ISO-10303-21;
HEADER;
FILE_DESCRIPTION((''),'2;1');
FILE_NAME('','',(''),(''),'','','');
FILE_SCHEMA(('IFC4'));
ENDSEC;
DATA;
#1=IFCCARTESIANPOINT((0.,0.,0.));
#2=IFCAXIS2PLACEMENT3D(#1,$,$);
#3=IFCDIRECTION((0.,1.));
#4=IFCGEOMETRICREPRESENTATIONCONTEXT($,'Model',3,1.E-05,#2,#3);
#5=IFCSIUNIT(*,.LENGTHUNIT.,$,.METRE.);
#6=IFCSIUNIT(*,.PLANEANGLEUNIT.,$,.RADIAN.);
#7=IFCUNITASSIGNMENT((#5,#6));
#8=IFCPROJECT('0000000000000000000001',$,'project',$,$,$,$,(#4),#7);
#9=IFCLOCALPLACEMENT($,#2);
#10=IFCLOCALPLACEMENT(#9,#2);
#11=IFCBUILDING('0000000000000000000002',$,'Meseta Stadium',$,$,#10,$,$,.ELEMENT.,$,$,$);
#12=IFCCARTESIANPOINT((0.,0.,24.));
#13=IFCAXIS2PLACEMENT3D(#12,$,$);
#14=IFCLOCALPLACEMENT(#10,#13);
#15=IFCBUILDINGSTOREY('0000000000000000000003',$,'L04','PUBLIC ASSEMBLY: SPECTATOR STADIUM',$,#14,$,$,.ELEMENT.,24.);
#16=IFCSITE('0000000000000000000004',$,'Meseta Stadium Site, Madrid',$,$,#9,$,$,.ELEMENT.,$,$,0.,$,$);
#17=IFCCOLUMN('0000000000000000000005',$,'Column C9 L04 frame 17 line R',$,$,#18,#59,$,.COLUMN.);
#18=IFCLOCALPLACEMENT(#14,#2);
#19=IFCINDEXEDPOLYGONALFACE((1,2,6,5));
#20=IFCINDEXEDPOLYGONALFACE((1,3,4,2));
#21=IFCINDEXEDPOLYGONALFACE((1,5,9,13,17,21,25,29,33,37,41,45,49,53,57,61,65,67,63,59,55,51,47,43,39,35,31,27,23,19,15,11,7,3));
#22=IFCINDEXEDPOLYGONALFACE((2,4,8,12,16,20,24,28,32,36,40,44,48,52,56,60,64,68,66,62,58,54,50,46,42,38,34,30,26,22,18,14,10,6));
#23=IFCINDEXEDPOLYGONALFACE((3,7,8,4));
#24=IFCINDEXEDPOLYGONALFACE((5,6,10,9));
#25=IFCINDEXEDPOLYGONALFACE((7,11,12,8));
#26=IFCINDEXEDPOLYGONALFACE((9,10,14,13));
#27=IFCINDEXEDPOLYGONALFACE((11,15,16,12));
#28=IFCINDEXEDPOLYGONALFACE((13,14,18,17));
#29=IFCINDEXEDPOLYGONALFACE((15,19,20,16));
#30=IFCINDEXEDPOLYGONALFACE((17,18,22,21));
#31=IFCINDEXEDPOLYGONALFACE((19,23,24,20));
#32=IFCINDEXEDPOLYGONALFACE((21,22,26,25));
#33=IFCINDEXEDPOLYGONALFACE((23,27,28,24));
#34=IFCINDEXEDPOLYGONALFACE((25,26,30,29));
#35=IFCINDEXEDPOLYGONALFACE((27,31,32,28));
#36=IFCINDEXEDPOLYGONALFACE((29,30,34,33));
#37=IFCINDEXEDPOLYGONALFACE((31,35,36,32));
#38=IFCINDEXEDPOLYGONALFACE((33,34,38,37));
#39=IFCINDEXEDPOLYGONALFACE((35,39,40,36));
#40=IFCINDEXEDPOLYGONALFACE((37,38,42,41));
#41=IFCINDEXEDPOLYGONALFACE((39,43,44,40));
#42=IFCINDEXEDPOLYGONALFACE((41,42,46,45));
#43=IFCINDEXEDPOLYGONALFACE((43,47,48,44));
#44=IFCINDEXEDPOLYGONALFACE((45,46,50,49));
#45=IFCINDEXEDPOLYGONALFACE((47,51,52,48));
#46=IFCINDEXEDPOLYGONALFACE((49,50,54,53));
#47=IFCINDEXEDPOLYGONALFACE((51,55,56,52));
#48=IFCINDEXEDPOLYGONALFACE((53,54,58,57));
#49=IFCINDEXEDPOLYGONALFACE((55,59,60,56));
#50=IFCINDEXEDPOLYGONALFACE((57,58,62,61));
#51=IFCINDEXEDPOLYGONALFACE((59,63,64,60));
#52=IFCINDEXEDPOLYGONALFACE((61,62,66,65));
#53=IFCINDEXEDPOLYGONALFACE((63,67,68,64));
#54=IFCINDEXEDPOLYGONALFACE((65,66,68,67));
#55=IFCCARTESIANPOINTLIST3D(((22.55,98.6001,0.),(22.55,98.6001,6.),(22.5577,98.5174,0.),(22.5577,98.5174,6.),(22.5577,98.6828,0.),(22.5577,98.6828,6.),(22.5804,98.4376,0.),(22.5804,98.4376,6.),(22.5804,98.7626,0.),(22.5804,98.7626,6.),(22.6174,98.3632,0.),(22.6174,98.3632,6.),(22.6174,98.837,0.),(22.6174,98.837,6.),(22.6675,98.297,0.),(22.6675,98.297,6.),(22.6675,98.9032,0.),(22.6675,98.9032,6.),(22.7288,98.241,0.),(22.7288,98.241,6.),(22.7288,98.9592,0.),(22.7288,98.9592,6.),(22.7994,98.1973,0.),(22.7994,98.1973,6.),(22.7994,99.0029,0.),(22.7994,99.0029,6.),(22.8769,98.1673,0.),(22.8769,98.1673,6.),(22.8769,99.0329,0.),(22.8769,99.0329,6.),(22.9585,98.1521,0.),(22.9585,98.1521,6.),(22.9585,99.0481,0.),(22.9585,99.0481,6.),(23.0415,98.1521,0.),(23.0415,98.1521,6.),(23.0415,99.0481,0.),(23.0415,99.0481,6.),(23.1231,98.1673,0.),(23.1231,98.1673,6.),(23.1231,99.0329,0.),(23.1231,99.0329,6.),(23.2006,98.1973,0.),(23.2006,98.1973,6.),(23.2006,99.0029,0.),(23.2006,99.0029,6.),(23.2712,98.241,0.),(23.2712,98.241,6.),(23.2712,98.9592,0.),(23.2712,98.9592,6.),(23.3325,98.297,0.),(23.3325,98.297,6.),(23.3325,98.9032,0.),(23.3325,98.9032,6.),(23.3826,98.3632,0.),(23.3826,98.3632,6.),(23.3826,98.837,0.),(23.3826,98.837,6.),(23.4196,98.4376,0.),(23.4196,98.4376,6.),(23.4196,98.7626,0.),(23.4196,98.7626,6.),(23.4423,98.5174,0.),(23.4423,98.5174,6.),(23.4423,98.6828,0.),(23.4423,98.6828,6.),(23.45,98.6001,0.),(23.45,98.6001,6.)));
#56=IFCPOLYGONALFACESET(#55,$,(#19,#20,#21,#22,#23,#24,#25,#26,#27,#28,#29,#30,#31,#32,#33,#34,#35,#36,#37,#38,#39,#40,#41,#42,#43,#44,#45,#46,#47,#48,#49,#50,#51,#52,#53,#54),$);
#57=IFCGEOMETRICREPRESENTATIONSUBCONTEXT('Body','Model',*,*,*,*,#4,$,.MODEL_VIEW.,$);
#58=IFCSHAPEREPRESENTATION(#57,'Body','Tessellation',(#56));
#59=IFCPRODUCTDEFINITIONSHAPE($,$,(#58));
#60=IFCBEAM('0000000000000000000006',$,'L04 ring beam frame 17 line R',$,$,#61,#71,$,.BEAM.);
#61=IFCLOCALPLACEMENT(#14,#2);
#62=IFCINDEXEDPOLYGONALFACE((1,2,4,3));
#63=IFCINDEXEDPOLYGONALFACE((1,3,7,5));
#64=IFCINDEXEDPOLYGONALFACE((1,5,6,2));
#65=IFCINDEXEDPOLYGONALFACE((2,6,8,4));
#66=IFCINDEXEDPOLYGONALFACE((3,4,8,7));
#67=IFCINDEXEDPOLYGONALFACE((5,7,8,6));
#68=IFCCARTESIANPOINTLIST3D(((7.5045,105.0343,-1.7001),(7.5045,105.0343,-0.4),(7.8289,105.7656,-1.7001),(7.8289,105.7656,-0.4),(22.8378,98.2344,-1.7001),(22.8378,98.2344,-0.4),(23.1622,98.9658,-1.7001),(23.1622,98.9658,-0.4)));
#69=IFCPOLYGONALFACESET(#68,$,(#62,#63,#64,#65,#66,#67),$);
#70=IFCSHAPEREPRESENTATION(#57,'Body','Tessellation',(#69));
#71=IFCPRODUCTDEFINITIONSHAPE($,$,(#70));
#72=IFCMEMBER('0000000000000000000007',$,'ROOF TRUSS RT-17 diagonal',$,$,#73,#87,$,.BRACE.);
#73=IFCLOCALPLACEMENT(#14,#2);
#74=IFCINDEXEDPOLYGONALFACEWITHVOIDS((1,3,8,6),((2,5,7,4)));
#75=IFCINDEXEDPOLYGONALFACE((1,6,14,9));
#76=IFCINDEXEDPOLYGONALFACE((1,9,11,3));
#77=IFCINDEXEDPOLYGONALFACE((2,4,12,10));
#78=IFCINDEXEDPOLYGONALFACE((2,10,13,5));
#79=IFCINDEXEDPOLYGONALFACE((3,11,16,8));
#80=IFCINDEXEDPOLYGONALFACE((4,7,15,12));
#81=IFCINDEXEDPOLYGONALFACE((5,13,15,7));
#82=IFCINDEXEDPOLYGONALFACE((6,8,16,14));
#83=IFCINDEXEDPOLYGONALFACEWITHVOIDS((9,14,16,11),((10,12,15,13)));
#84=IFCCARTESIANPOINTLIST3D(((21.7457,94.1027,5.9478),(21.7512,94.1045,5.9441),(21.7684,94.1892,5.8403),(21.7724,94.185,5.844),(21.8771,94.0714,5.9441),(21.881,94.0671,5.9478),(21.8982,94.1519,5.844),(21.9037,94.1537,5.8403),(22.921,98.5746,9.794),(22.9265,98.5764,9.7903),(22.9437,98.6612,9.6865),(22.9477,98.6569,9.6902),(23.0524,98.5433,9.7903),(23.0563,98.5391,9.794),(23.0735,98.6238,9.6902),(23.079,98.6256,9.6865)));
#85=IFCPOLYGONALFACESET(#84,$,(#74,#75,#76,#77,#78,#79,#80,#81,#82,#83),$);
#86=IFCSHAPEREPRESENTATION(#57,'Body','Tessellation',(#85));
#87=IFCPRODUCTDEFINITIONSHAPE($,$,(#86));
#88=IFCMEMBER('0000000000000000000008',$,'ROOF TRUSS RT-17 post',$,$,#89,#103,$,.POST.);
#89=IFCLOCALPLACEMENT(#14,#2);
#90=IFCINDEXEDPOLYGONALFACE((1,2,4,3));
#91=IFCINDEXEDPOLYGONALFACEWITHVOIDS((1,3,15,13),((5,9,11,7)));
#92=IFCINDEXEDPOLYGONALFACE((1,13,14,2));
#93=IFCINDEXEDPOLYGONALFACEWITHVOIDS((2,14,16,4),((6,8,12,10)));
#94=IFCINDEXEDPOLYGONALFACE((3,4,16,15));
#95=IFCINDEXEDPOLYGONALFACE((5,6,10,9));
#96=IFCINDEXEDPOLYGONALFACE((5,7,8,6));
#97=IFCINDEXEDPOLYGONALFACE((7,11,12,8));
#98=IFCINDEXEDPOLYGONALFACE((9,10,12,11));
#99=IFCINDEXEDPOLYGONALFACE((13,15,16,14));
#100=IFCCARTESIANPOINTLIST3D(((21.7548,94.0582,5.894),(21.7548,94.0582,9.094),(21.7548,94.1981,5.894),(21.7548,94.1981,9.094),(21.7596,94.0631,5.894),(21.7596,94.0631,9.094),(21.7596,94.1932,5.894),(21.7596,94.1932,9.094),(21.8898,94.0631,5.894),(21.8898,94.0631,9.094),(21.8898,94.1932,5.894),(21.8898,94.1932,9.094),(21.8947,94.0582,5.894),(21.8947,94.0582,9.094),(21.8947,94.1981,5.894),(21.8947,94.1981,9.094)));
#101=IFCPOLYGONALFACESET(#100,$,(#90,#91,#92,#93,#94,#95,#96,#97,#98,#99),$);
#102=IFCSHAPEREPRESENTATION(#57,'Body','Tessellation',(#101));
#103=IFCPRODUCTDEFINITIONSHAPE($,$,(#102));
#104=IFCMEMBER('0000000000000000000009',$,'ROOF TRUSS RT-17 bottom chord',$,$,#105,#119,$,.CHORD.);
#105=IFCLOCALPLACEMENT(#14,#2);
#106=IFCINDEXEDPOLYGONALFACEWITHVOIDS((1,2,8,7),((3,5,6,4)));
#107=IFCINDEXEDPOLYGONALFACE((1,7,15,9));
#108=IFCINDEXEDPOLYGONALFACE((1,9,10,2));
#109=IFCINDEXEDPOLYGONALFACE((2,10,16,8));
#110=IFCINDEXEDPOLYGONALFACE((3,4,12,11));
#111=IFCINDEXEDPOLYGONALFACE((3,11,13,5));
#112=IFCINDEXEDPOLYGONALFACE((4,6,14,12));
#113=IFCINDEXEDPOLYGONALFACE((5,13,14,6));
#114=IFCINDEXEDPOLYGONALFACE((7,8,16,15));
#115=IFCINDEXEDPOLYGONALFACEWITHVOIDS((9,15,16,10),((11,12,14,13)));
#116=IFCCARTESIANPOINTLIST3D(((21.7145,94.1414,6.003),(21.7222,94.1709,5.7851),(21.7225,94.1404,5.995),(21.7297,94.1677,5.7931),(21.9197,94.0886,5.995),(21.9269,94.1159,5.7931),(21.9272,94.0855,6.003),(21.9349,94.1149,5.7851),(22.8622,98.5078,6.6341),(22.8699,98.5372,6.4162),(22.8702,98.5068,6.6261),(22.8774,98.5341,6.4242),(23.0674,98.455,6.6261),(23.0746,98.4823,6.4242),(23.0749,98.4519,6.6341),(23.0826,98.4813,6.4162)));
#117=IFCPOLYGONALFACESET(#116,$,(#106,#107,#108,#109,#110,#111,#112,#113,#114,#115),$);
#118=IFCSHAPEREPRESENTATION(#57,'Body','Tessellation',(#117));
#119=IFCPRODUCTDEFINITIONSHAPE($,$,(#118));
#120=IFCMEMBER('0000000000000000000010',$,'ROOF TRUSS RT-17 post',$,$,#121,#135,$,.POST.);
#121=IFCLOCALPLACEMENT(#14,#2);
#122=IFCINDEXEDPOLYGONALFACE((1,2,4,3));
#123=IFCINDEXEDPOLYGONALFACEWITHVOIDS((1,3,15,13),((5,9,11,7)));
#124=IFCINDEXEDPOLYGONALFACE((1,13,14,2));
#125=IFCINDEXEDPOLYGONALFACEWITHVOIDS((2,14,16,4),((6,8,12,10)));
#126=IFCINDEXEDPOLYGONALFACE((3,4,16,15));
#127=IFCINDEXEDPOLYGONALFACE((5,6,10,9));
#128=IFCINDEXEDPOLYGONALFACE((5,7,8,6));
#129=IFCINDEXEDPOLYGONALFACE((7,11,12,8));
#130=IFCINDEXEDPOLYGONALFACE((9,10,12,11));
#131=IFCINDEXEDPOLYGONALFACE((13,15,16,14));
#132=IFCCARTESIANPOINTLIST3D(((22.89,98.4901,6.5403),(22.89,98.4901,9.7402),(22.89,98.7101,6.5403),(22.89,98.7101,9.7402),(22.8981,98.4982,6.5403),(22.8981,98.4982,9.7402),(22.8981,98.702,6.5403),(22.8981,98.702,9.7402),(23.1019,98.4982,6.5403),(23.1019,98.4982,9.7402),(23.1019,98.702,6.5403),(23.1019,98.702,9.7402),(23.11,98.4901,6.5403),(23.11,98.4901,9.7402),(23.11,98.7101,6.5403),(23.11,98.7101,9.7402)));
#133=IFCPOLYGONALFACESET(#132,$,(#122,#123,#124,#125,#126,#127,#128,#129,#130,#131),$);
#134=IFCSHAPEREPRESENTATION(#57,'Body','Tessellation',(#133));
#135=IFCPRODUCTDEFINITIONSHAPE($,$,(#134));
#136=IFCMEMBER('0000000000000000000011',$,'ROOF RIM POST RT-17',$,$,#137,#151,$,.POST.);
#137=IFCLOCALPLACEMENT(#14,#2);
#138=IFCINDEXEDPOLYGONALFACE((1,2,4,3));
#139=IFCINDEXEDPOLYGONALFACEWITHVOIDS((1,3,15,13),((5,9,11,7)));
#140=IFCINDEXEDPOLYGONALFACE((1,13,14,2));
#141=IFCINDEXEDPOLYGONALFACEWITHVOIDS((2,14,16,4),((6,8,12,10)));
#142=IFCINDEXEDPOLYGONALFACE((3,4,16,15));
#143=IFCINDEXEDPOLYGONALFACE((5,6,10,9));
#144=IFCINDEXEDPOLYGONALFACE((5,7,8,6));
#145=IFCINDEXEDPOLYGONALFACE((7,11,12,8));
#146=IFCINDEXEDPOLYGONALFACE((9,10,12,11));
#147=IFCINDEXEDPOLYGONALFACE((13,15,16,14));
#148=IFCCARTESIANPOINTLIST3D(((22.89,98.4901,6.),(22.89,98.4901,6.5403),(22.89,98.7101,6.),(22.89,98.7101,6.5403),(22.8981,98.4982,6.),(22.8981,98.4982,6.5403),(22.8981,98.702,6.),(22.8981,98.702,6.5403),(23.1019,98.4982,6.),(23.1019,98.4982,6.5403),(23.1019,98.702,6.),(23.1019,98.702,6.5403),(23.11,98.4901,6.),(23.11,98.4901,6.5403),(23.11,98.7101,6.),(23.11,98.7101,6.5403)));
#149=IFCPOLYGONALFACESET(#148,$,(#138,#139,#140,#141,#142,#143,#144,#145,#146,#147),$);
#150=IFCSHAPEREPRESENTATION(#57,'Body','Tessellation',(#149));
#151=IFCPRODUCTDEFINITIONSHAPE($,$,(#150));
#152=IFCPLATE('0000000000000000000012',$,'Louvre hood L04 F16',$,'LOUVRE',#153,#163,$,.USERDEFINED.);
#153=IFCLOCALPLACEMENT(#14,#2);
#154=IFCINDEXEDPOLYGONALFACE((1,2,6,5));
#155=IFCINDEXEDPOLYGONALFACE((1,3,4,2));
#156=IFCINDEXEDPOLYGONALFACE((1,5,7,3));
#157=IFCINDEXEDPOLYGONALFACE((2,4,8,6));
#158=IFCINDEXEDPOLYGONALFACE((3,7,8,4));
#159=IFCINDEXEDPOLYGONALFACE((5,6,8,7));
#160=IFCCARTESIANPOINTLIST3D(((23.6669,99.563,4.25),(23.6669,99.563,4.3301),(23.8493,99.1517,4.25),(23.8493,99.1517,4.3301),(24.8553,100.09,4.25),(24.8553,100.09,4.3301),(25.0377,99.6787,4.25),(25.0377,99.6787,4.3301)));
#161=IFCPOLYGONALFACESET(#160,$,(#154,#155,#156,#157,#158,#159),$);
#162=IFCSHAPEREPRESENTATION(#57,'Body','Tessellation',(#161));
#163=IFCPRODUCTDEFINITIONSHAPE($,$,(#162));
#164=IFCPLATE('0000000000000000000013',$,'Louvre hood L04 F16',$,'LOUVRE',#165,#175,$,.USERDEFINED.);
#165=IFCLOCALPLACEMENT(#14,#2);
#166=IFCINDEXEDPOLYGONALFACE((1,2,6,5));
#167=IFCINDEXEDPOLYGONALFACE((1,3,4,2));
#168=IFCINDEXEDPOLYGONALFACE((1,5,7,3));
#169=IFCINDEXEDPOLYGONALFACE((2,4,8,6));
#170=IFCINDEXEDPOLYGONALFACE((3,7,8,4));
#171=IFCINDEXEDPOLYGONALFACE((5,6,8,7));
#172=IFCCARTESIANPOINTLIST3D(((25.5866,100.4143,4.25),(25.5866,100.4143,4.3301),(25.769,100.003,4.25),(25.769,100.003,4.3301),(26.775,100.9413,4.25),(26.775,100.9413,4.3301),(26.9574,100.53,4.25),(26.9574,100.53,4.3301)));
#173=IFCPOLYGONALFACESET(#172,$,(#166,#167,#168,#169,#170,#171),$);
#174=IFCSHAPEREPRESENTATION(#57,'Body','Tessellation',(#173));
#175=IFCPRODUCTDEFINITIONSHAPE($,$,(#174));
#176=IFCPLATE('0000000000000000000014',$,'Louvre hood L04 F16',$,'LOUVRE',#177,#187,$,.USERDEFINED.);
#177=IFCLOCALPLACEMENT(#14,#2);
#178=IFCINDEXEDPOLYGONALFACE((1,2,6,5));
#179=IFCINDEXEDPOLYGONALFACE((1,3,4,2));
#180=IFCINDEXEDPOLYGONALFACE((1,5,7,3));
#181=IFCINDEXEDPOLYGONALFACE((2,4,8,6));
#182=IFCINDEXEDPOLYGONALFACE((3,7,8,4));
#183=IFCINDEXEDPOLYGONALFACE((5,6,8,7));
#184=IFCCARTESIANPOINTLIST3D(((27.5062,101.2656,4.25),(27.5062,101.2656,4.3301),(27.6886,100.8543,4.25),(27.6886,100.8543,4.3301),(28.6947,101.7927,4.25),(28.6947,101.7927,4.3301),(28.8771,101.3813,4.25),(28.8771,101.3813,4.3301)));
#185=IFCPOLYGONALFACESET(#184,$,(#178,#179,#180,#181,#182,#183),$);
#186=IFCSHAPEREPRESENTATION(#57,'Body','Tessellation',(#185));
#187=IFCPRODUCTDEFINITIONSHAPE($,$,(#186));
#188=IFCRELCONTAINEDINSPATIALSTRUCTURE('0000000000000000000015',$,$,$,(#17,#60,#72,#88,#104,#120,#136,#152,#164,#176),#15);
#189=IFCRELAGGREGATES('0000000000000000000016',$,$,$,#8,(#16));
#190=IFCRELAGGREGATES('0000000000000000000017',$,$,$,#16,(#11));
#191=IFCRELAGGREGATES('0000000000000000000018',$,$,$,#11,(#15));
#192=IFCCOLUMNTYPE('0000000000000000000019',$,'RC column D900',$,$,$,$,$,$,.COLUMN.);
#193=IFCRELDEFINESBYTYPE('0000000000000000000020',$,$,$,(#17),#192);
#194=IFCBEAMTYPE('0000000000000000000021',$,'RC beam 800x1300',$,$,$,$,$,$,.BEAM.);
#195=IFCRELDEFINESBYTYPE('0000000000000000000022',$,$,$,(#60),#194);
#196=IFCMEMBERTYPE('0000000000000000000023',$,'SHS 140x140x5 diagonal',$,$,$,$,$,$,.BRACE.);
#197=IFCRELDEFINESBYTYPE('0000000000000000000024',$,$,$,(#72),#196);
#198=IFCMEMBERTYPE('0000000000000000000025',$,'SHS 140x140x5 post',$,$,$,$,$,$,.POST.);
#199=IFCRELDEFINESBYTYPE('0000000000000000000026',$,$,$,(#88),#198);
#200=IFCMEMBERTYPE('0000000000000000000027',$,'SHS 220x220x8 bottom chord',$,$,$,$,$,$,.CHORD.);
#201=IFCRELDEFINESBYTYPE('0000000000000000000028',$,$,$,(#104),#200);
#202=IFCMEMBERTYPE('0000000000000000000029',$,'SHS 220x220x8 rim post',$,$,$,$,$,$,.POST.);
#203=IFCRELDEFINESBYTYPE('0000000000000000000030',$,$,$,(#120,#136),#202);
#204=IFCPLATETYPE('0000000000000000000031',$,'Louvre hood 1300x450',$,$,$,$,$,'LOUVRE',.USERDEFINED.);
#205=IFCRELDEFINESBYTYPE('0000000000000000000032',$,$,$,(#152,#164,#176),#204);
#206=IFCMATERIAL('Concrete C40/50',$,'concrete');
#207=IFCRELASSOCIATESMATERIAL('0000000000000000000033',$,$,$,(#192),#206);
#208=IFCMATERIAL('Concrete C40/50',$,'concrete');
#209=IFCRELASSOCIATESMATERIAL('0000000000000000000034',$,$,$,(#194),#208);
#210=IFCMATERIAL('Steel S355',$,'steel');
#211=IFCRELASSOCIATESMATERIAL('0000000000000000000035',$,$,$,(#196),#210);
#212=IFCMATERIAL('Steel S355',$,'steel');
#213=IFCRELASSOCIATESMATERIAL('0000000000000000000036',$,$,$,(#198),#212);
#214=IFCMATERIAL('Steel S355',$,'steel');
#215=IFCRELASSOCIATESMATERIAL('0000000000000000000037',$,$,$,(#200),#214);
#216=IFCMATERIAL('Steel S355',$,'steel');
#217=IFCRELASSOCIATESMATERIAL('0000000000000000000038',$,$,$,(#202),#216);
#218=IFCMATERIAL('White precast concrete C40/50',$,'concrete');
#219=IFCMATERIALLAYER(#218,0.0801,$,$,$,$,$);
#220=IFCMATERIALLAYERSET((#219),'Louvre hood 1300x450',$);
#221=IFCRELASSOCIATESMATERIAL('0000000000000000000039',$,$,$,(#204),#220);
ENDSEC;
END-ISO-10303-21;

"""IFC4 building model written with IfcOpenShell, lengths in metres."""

from ifc_helpers import new_model, si_unit, direction, frame, origin, origin_2d, place, context, subcontext, project, spatial, rectangle, hollow_rectangle, circle, extrude, material, layer, layer_set, material_profile, profile_set, type_object, element, save


model = new_model("IFC4")

# Units and contexts
model_context = context("Model", 3, precision=1e-05, world=origin(), true_north=direction((0.0, 1.0)))
body_context = subcontext(model_context, "Body", "Model", "MODEL_VIEW")
ifc_project = project(units=[si_unit("LENGTHUNIT", "METRE"), si_unit("PLANEANGLEUNIT", "RADIAN")], contexts=[model_context])

# Site, building, storey
site_placement = place(None, origin())
site = spatial("IfcSite", under=ifc_project, at=site_placement, Name="Meseta Stadium Site, Madrid", CompositionType="ELEMENT", RefElevation=0.0)
building_placement = place(site_placement, origin())
building = spatial("IfcBuilding", under=site, at=building_placement, Name="Meseta Stadium", CompositionType="ELEMENT")
storey_placement = place(building_placement, frame((0.0, 0.0, 24.0)))
storey = spatial("IfcBuildingStorey", under=building, at=storey_placement, Name="L04", Description="PUBLIC ASSEMBLY: SPECTATOR STADIUM", CompositionType="ELEMENT", Elevation=24.0)

# Column
ifc_material_1 = material(Name="Concrete C40/50", Category="concrete")
ifc_material_profile_1 = material_profile(ifc_material_1, circle(Radius=0.45, at=origin_2d()), Name="RC D900")
ifc_profile_set_1 = profile_set([ifc_material_profile_1], Name="Concrete C40/50")
column_type = type_object("IfcColumnType", Name="RC column D900", PredefinedType="COLUMN", material=ifc_profile_set_1)
column_placement = place(storey_placement, frame((23.0, 98.6001, 0.0), z_axis=(0.0, 0.0, 1.0), x_axis=(1.0, 0.0, 0.0)))
element("IfcColumn", 1, at=column_placement, inside=storey, type_object=column_type, Name="Column C9 L04 frame 17 line R", PredefinedType="COLUMN", context=body_context, shape_type="SweptSolid", body=[
    extrude(circle(Radius=0.45, at=origin_2d()), origin(), (0.0, 0.0, 1.0), 6.0),
])

# Beam
ifc_material_2 = material(Name="Concrete C40/50", Category="concrete")
ifc_material_profile_2 = material_profile(ifc_material_2, rectangle(XDim=0.8, YDim=1.3, at=origin_2d()), Name="RC 800x1300")
ifc_profile_set_2 = profile_set([ifc_material_profile_2], Name="Concrete C40/50")
beam_type = type_object("IfcBeamType", Name="RC beam 800x1300", PredefinedType="BEAM", material=ifc_profile_set_2)
beam_placement = place(storey_placement, frame((23.0, 98.6001, -1.05), z_axis=(-0.914143, 0.405393, 0.0), x_axis=(-0.405393, -0.914143, 0.0)))
element("IfcBeam", 2, at=beam_placement, inside=storey, type_object=beam_type, Name="L04 ring beam frame 17 line R", PredefinedType="BEAM", context=body_context, shape_type="SweptSolid", body=[
    extrude(rectangle(XDim=0.8, YDim=1.3, at=origin_2d()), origin(), (0.0, 0.0, 1.0), 16.7734),
])

# Members
ifc_material_3 = material(Name="Steel S355", Category="steel")
ifc_material_profile_3 = material_profile(ifc_material_3, hollow_rectangle(XDim=0.1399, YDim=0.1399, WallThickness=0.0049, at=origin_2d()), Name="SHS 140x140x5")
ifc_profile_set_3 = profile_set([ifc_material_profile_3], Name="Steel S355")
member_type_1 = type_object("IfcMemberType", Name="SHS 140x140x5 diagonal", PredefinedType="BRACE", material=ifc_profile_set_3)
member_1_placement = place(storey_placement, frame((21.8247, 94.1282, 5.894), z_axis=(0.195414, 0.74354, 0.639501), x_axis=(-0.967156, 0.254184, 0.0)))
element("IfcMember", 3, at=member_1_placement, inside=storey, type_object=member_type_1, Name="ROOF TRUSS RT-17 diagonal", PredefinedType="BRACE", context=body_context, shape_type="SweptSolid", body=[
    extrude(hollow_rectangle(XDim=0.1399, YDim=0.1399, WallThickness=0.0049, at=origin_2d()), origin(), (0.0, 0.0, 1.0), 6.0144),
])
ifc_material_4 = material(Name="Steel S355", Category="steel")
ifc_material_profile_4 = material_profile(ifc_material_4, hollow_rectangle(XDim=0.1399, YDim=0.1399, WallThickness=0.0049, at=origin_2d()), Name="SHS 140x140x5")
ifc_profile_set_4 = profile_set([ifc_material_profile_4], Name="Steel S355")
member_type_2 = type_object("IfcMemberType", Name="SHS 140x140x5 post", PredefinedType="POST", material=ifc_profile_set_4)
member_2_placement = place(storey_placement, frame((21.8247, 94.1282, 5.894), z_axis=(0.0, 0.0, 1.0), x_axis=(1.0, 0.0, 0.0)))
element("IfcMember", 4, at=member_2_placement, inside=storey, type_object=member_type_2, Name="ROOF TRUSS RT-17 post", PredefinedType="POST", context=body_context, shape_type="SweptSolid", body=[
    extrude(hollow_rectangle(XDim=0.1399, YDim=0.1399, WallThickness=0.0049, at=origin_2d()), origin(), (0.0, 0.0, 1.0), 3.2),
])
ifc_material_5 = material(Name="Steel S355", Category="steel")
ifc_material_profile_5 = material_profile(ifc_material_5, hollow_rectangle(XDim=0.22, YDim=0.22, WallThickness=0.0081, at=origin_2d()), Name="SHS 220x220x8")
ifc_profile_set_5 = profile_set([ifc_material_profile_5], Name="Steel S355")
member_type_3 = type_object("IfcMemberType", Name="SHS 220x220x8 bottom chord", PredefinedType="CHORD", material=ifc_profile_set_5)
member_3_placement = place(storey_placement, frame((21.8247, 94.1282, 5.894), z_axis=(0.251763, 0.957836, 0.13844), x_axis=(-0.967149, 0.254211, 0.0)))
element("IfcMember", 5, at=member_3_placement, inside=storey, type_object=member_type_3, Name="ROOF TRUSS RT-17 bottom chord", PredefinedType="CHORD", context=body_context, shape_type="SweptSolid", body=[
    extrude(hollow_rectangle(XDim=0.22, YDim=0.22, WallThickness=0.0081, at=origin_2d()), origin(), (0.0, 0.0, 1.0), 4.5586),
])
ifc_material_6 = material(Name="Steel S355", Category="steel")
ifc_material_profile_6 = material_profile(ifc_material_6, hollow_rectangle(XDim=0.22, YDim=0.22, WallThickness=0.0081, at=origin_2d()), Name="SHS 220x220x8")
ifc_profile_set_6 = profile_set([ifc_material_profile_6], Name="Steel S355")
member_type_4 = type_object("IfcMemberType", Name="SHS 220x220x8 rim post", PredefinedType="POST", material=ifc_profile_set_6)
member_4_placement = place(storey_placement, frame((23.0, 98.6001, 6.5403), z_axis=(0.0, 0.0, 1.0), x_axis=(1.0, 0.0, 0.0)))
element("IfcMember", 6, at=member_4_placement, inside=storey, type_object=member_type_4, Name="ROOF TRUSS RT-17 post", PredefinedType="POST", context=body_context, shape_type="SweptSolid", body=[
    extrude(hollow_rectangle(XDim=0.22, YDim=0.22, WallThickness=0.0081, at=origin_2d()), origin(), (0.0, 0.0, 1.0), 3.2),
])
member_5_placement = place(storey_placement, frame((23.0, 98.6001, 6.0), z_axis=(0.0, 0.0, 1.0), x_axis=(1.0, 0.0, 0.0)))
element("IfcMember", 7, at=member_5_placement, inside=storey, type_object=member_type_4, Name="ROOF RIM POST RT-17", PredefinedType="POST", context=body_context, shape_type="SweptSolid", body=[
    extrude(hollow_rectangle(XDim=0.22, YDim=0.22, WallThickness=0.0081, at=origin_2d()), origin(), (0.0, 0.0, 1.0), 0.5403),
])

# Plates
ifc_material_7 = material(Name="White precast concrete C40/50", Category="concrete")
ifc_layer_1 = layer(ifc_material_7, 0.0801)
ifc_layer_set_1 = layer_set([ifc_layer_1], Name="Louvre hood 1300x450")
plate_type_1 = type_object("IfcPlateType", Name="Louvre hood 1300x450", ElementType="LOUVRE", PredefinedType="USERDEFINED", material=ifc_layer_set_1)
for number, where, z_axis, x_axis, name in (
    (8, (24.3523, 99.6208, 4.25), (0.0, 0.0, 1.0), (-0.914139, -0.405401, 0.0), "Louvre hood L04 F16"),
    (9, (26.272, 100.4722, 4.25), (0.0, 0.0, 1.0), (-0.914139, -0.405401, 0.0), "Louvre hood L04 F16"),
    (10, (28.1917, 101.3235, 4.25), (0.0, 0.0, 1.0), (-0.914139, -0.405401, 0.0), "Louvre hood L04 F16"),
):
    element("IfcPlate", number, at=place(storey_placement, frame(where, z_axis=z_axis, x_axis=x_axis)), inside=storey, type_object=plate_type_1, Name=name, ObjectType="LOUVRE", PredefinedType="USERDEFINED", context=body_context, shape_type="SweptSolid", body=[
        extrude(rectangle(XDim=1.3, YDim=0.45, at=origin_2d()), origin(), (0.0, 0.0, 1.0), 0.0801),
    ])

save(model, "model.ifc")
